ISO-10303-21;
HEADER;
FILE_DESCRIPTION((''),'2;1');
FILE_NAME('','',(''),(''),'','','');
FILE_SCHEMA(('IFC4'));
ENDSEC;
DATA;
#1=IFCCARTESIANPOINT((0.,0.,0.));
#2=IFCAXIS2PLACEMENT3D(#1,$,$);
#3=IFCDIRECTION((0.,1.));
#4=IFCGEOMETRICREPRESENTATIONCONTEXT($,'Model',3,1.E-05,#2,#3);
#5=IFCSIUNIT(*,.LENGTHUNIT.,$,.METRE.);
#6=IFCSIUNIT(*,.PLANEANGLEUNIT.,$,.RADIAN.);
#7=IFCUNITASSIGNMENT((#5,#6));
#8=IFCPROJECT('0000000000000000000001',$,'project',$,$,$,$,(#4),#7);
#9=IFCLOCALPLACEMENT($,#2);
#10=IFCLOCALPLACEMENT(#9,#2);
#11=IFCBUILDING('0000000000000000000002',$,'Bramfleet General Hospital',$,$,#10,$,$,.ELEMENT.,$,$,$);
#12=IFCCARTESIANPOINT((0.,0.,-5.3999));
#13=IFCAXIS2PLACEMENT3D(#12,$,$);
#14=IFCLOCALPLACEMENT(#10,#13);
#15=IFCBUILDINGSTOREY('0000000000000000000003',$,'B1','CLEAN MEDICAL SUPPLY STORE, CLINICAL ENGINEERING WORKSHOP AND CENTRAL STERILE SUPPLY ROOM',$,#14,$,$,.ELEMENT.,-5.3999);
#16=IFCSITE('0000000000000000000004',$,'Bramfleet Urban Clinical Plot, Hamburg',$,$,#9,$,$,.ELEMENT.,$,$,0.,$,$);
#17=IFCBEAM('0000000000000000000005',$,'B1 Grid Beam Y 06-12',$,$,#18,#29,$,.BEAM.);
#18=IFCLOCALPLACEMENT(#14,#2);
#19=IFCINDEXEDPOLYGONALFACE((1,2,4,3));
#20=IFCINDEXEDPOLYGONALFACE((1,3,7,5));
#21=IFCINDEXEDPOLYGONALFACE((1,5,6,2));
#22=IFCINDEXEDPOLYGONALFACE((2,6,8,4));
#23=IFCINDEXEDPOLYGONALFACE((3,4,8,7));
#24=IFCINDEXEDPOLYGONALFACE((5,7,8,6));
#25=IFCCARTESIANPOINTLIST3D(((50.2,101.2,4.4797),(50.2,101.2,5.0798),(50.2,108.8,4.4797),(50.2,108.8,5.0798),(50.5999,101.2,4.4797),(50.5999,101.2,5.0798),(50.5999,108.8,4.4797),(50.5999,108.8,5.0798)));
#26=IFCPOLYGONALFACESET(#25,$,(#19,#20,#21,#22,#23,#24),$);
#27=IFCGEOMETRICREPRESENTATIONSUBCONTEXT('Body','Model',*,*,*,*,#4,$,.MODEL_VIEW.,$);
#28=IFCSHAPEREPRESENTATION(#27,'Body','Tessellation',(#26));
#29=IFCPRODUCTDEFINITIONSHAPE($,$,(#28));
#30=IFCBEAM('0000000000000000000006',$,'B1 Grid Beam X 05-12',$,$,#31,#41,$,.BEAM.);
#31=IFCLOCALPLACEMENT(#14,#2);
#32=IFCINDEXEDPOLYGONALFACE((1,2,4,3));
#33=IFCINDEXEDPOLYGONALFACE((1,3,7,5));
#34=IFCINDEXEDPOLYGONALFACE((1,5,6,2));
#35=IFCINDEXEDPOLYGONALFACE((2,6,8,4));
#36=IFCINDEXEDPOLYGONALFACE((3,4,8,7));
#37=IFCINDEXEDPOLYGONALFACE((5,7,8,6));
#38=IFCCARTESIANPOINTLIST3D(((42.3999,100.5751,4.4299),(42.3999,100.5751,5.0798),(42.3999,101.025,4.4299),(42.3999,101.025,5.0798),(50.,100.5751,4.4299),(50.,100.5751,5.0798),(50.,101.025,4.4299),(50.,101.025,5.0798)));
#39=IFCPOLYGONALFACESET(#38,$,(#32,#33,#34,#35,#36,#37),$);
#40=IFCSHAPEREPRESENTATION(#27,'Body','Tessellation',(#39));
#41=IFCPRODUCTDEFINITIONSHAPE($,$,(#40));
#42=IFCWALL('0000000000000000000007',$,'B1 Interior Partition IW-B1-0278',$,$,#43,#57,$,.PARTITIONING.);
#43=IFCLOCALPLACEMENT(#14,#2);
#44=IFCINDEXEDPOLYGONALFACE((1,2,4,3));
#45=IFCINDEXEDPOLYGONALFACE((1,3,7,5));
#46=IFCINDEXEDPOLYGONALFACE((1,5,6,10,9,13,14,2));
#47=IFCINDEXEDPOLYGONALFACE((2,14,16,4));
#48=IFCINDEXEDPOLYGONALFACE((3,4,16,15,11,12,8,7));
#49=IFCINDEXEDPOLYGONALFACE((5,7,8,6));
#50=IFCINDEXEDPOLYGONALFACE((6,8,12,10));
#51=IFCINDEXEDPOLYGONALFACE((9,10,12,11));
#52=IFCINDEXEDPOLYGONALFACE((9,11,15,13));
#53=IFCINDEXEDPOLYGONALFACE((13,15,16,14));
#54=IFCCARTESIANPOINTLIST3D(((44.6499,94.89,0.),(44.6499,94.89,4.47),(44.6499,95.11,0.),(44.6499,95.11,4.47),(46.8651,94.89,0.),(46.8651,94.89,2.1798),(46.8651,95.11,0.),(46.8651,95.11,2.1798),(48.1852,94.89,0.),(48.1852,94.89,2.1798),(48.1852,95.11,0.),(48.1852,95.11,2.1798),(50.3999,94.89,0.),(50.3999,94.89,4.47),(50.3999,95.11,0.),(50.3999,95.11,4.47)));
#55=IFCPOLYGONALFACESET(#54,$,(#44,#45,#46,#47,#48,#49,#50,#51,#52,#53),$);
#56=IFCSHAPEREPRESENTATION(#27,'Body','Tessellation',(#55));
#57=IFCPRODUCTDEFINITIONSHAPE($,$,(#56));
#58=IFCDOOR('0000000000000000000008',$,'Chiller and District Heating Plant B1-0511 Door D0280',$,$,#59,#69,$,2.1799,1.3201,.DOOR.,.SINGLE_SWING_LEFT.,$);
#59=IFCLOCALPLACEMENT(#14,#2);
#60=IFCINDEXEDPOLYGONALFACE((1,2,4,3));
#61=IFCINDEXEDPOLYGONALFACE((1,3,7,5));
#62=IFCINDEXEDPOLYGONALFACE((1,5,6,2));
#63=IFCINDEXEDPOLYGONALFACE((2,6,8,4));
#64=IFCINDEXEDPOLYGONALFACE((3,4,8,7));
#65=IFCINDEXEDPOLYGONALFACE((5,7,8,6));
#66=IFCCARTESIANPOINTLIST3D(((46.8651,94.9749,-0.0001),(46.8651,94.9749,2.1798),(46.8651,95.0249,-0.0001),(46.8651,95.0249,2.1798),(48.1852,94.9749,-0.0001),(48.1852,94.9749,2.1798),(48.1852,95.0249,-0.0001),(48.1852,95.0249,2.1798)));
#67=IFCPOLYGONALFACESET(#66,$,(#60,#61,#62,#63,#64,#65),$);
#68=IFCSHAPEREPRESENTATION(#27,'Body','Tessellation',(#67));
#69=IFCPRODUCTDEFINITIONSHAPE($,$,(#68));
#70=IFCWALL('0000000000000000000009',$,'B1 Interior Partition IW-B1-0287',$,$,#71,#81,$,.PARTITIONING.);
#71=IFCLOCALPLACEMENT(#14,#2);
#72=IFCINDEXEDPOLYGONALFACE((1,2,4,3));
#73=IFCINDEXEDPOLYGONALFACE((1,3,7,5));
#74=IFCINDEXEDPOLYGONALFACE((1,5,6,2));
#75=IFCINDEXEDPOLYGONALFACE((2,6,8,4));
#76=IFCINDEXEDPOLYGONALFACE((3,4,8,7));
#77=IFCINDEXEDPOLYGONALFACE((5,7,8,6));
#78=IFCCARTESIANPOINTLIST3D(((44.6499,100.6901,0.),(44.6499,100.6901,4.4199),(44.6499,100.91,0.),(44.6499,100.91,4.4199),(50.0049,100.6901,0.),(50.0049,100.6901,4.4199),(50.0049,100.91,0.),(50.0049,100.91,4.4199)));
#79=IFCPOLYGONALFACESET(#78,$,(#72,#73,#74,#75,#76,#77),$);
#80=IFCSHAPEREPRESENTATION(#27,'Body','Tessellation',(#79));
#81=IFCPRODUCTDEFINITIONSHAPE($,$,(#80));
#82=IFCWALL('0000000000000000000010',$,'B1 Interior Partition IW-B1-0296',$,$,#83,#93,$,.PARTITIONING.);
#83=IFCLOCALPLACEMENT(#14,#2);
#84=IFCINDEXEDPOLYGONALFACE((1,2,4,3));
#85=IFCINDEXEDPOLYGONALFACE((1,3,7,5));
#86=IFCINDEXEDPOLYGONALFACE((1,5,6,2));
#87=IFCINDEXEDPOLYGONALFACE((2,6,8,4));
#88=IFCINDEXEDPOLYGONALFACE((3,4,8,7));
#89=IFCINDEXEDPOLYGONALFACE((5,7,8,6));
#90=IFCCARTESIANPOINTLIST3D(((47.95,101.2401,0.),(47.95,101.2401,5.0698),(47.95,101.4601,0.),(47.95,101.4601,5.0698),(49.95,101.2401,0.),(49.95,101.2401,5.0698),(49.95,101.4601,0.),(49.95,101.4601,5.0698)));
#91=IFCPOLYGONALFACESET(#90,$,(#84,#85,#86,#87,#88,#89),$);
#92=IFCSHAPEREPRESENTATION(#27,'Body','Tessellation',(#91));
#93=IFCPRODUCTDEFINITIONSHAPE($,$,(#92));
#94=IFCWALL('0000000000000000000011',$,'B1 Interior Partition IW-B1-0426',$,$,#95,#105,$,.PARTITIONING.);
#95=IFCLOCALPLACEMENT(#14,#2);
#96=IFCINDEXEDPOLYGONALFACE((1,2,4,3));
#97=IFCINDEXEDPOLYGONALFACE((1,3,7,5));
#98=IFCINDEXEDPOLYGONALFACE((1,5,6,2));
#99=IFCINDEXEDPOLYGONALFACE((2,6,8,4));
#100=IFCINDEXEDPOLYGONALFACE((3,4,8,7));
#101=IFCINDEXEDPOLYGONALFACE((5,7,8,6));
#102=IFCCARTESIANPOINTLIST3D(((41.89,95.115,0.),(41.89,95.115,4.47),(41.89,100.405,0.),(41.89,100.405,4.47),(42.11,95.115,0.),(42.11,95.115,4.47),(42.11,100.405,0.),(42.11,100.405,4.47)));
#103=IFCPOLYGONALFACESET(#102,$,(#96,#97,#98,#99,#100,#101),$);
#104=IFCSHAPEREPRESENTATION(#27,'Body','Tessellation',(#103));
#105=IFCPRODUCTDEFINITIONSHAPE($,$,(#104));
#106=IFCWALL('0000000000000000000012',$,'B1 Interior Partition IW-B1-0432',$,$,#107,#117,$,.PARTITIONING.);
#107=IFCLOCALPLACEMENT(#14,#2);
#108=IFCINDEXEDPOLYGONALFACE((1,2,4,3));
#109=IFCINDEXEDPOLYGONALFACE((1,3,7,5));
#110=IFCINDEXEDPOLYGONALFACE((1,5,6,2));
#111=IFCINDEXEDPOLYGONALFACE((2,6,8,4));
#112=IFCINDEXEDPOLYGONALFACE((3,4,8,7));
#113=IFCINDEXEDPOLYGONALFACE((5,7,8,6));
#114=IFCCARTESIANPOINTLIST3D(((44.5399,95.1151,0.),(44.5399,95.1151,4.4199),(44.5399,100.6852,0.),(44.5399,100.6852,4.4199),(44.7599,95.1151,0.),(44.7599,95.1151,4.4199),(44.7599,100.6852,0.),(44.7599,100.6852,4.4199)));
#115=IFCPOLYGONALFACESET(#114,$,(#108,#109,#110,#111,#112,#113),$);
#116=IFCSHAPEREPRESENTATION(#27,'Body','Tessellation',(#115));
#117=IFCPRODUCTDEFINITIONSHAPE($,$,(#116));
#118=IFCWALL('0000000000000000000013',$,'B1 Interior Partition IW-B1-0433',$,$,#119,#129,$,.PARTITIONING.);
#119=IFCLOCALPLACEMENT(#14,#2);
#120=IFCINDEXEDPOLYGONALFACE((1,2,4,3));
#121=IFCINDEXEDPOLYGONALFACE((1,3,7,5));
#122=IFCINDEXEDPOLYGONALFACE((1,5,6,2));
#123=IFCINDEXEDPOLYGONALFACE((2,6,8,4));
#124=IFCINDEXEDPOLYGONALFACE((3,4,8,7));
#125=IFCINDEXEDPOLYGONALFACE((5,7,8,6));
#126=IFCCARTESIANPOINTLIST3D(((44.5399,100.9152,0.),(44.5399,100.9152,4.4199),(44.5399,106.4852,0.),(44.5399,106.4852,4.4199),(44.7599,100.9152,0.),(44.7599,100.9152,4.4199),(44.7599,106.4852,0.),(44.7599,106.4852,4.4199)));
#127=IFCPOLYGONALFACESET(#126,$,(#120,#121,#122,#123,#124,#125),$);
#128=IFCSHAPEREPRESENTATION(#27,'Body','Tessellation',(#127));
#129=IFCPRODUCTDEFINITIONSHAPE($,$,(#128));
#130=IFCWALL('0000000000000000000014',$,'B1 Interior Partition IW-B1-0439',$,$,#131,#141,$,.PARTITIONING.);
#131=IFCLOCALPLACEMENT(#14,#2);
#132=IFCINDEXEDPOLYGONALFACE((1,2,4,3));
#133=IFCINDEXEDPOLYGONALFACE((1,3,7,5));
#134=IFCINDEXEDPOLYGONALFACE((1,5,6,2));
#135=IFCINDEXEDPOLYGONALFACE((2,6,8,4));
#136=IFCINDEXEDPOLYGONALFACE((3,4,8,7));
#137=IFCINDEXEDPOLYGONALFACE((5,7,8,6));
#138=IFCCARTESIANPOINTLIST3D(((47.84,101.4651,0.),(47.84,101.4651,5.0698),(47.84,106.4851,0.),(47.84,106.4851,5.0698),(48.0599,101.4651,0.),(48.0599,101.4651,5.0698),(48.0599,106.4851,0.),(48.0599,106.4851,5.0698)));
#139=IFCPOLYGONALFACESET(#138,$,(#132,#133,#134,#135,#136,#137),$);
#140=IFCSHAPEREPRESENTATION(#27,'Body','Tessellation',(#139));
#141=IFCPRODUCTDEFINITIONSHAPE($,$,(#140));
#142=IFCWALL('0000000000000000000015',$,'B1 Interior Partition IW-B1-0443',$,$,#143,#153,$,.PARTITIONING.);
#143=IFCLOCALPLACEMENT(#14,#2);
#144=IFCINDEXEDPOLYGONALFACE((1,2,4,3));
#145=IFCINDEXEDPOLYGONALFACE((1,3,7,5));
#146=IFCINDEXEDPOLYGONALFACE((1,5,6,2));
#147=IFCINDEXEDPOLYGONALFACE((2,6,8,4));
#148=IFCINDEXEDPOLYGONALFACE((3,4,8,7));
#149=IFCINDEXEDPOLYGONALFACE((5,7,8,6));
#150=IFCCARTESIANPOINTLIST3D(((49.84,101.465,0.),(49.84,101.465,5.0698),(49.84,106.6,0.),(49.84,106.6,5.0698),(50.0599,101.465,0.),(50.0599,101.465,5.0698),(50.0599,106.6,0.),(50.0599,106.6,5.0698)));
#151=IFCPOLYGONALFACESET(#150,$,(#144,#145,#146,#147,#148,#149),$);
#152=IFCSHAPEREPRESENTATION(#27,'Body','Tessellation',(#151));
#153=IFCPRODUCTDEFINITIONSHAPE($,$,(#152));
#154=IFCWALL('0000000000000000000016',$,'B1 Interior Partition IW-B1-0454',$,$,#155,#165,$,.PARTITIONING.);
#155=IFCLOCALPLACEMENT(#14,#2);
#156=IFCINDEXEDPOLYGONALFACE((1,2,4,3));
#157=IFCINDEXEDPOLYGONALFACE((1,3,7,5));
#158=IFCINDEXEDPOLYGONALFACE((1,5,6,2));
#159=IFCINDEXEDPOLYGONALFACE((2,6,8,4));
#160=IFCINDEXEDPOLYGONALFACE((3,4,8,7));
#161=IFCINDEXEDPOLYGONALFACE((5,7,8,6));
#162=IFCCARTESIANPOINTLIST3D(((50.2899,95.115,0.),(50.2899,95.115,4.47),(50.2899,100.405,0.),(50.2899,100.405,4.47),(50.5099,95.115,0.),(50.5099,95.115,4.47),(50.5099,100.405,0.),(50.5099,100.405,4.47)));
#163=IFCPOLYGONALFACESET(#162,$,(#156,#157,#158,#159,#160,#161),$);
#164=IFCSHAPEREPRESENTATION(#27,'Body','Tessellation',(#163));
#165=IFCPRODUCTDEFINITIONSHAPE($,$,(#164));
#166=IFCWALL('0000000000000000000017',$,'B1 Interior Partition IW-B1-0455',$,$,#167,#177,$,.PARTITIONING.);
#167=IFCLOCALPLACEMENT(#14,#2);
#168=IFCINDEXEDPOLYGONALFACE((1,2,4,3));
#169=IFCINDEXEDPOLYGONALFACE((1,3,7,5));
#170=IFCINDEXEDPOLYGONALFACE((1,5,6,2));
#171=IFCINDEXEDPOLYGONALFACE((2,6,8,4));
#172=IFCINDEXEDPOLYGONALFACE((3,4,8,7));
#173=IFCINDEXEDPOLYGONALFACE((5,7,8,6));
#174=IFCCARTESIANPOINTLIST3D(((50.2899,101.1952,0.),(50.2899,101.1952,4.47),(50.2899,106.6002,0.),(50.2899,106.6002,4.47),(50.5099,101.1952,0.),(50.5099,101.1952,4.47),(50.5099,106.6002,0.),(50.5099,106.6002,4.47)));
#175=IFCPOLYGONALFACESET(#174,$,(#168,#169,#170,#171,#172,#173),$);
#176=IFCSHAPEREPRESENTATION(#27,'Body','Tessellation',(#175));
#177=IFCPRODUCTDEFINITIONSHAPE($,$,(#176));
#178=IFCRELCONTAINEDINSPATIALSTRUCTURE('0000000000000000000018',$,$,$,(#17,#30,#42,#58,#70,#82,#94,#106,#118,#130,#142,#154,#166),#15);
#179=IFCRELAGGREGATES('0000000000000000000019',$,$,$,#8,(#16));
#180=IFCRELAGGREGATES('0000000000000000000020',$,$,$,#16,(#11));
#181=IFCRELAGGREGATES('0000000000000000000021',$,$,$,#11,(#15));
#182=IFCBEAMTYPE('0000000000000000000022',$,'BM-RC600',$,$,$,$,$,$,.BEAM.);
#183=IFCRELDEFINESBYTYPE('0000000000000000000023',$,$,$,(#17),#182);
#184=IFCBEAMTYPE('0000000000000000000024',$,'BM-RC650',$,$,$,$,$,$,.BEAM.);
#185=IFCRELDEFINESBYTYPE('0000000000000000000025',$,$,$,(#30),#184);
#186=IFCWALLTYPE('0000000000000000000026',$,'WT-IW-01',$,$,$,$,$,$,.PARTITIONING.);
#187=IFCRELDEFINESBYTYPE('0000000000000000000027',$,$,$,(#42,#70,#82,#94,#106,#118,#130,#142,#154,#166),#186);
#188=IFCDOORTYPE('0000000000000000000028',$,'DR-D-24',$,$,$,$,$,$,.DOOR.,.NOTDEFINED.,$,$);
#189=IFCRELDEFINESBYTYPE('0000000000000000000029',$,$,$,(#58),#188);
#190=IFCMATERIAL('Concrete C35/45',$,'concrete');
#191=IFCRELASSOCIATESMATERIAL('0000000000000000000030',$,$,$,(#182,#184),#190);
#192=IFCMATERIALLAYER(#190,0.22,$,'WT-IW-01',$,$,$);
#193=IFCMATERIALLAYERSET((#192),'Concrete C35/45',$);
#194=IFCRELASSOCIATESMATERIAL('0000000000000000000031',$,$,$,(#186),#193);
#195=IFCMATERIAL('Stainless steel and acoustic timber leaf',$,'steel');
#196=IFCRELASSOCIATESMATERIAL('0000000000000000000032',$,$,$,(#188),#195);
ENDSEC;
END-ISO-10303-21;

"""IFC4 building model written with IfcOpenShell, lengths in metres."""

from ifc_helpers import new_model, si_unit, direction, frame, frame_2d, origin, origin_2d, place, context, subcontext, project, spatial, rectangle, extrude, material, layer, layer_set, material_profile, profile_set, type_object, element, fill, save


model = new_model("IFC4")

# Units and contexts
model_context = context("Model", 3, precision=1e-05, world=origin(), true_north=direction((0.0, 1.0)))
body_context = subcontext(model_context, "Body", "Model", "MODEL_VIEW")
ifc_project = project(units=[si_unit("LENGTHUNIT", "METRE"), si_unit("PLANEANGLEUNIT", "RADIAN")], contexts=[model_context])

# Site, building, storey
site_placement = place(None, origin())
site = spatial("IfcSite", under=ifc_project, at=site_placement, Name="Bramfleet Urban Clinical Plot, Hamburg", CompositionType="ELEMENT", RefElevation=0.0)
building_placement = place(site_placement, origin())
building = spatial("IfcBuilding", under=site, at=building_placement, Name="Bramfleet General Hospital", CompositionType="ELEMENT")
storey_placement = place(building_placement, frame((0.0, 0.0, -5.3999)))
storey = spatial("IfcBuildingStorey", under=building, at=storey_placement, Name="B1", Description="CLEAN MEDICAL SUPPLY STORE, CLINICAL ENGINEERING WORKSHOP AND CENTRAL STERILE SUPPLY ROOM", CompositionType="ELEMENT", Elevation=-5.3999)

# Shared definitions
ifc_material_1 = material(Name="Concrete C35/45", Category="concrete")

# Beams
ifc_material_profile_1 = material_profile(ifc_material_1, rectangle(XDim=0.3999, YDim=0.6001, at=origin_2d()), Name="RC BM 600x400")
ifc_profile_set_1 = profile_set([ifc_material_profile_1], Name="Concrete C35/45")
beam_type_1 = type_object("IfcBeamType", Name="BM-RC600", PredefinedType="BEAM", material=ifc_profile_set_1)
beam_1_placement = place(storey_placement, frame((50.3999, 101.2, 4.7798), z_axis=(0.0, 1.0, 0.0), x_axis=(-1.0, 0.0, 0.0)))
element("IfcBeam", 1, at=beam_1_placement, inside=storey, type_object=beam_type_1, Name="B1 Grid Beam Y 06-12", PredefinedType="BEAM", context=body_context, shape_type="SweptSolid", body=[
    extrude(rectangle(XDim=0.3999, YDim=0.6001, at=origin_2d()), origin(), (0.0, 0.0, 1.0), 7.6001),
])
ifc_material_profile_2 = material_profile(ifc_material_1, rectangle(XDim=0.45, YDim=0.6499, at=origin_2d()), Name="RC BM 650x450")
ifc_profile_set_2 = profile_set([ifc_material_profile_2], Name="Concrete C35/45")
beam_type_2 = type_object("IfcBeamType", Name="BM-RC650", PredefinedType="BEAM", material=ifc_profile_set_2)
beam_2_placement = place(storey_placement, frame((42.3999, 100.8, 4.7549), z_axis=(1.0, 0.0, 0.0), x_axis=(0.0, 1.0, 0.0)))
element("IfcBeam", 2, at=beam_2_placement, inside=storey, type_object=beam_type_2, Name="B1 Grid Beam X 05-12", PredefinedType="BEAM", context=body_context, shape_type="SweptSolid", body=[
    extrude(rectangle(XDim=0.45, YDim=0.6499, at=origin_2d()), origin(), (0.0, 0.0, 1.0), 7.6001),
])

# Wall, opening, door
ifc_layer_1 = layer(ifc_material_1, 0.22, Name="WT-IW-01")
ifc_layer_set_1 = layer_set([ifc_layer_1], Name="Concrete C35/45")
wall_type_1 = type_object("IfcWallType", Name="WT-IW-01", PredefinedType="PARTITIONING", material=ifc_layer_set_1)
wall_1_placement = place(storey_placement, frame((44.6499, 95.0, 0.0), z_axis=(0.0, 0.0, 1.0), x_axis=(1.0, 0.0, 0.0)))
wall_1 = element("IfcWall", 3, at=wall_1_placement, inside=storey, type_object=wall_type_1, Name="B1 Interior Partition IW-B1-0278", PredefinedType="PARTITIONING", context=body_context, shape_type="SweptSolid", body=[
    extrude(rectangle(XDim=5.75, YDim=0.22, at=frame_2d((2.875, 0.0))), origin(), (0.0, 0.0, 1.0), 4.47),
])
opening_1_placement = place(wall_1_placement, frame((2.2151, 0.0, 0.0)))
opening_1 = element("IfcOpeningElement", 4, at=opening_1_placement, cuts=wall_1, PredefinedType="OPENING", context=body_context, shape_type="SweptSolid", body=[
    extrude(rectangle(XDim=1.3201, YDim=2.1799, at=frame_2d((0.6602, 1.0898))), frame((0.0, 0.1199, 0.0), z_axis=(0.0, -1.0, 0.0), x_axis=(1.0, 0.0, 0.0)), (0.0, 0.0, 1.0), 0.24),
])
ifc_material_2 = material(Name="Stainless steel and acoustic timber leaf", Category="steel")
door_type_1 = type_object("IfcDoorType", Name="DR-D-24", OperationType="NOTDEFINED", PredefinedType="DOOR", material=ifc_material_2)
door_1_placement = place(opening_1_placement, origin())
door_1 = element("IfcDoor", 5, at=door_1_placement, inside=storey, type_object=door_type_1, Name="Chiller and District Heating Plant B1-0511 Door D0280", OperationType="SINGLE_SWING_LEFT", OverallHeight=2.1799, OverallWidth=1.3201, PredefinedType="DOOR", context=body_context, shape_type="SweptSolid", body=[
    extrude(rectangle(XDim=1.3201, YDim=2.1799, at=frame_2d((0.6602, 1.0898))), frame((0.0, 0.0249, 0.0), z_axis=(0.0, -1.0, 0.0), x_axis=(1.0, 0.0, 0.0)), (0.0, 0.0, 1.0), 0.05),
])
fill(opening_1, door_1)

# Walls
wall_2_placement = place(storey_placement, frame((44.6499, 100.8, 0.0), z_axis=(0.0, 0.0, 1.0), x_axis=(1.0, 0.0, 0.0)))
element("IfcWall", 6, at=wall_2_placement, inside=storey, type_object=wall_type_1, Name="B1 Interior Partition IW-B1-0287", PredefinedType="PARTITIONING", context=body_context, shape_type="SweptSolid", body=[
    extrude(rectangle(XDim=5.355, YDim=0.22, at=frame_2d((2.6775, 0.0))), origin(), (0.0, 0.0, 1.0), 4.4199),
])
wall_3_placement = place(storey_placement, frame((47.95, 101.3501, 0.0), z_axis=(0.0, 0.0, 1.0), x_axis=(1.0, 0.0, 0.0)))
element("IfcWall", 7, at=wall_3_placement, inside=storey, type_object=wall_type_1, Name="B1 Interior Partition IW-B1-0296", PredefinedType="PARTITIONING", context=body_context, shape_type="SweptSolid", body=[
    extrude(rectangle(XDim=2.0, YDim=0.22, at=frame_2d((1.0, 0.0))), origin(), (0.0, 0.0, 1.0), 5.0698),
])
wall_4_placement = place(storey_placement, frame((42.0, 95.115, 0.0), z_axis=(0.0, 0.0, 1.0), x_axis=(0.0, 1.0, 0.0)))
element("IfcWall", 8, at=wall_4_placement, inside=storey, type_object=wall_type_1, Name="B1 Interior Partition IW-B1-0426", PredefinedType="PARTITIONING", context=body_context, shape_type="SweptSolid", body=[
    extrude(rectangle(XDim=5.29, YDim=0.22, at=frame_2d((2.645, 0.0))), origin(), (0.0, 0.0, 1.0), 4.47),
])
for number, where, z_axis, x_axis, name in (
    (9, (44.6499, 95.115, 0.0), (0.0, 0.0, 1.0), (0.0, 1.0, 0.0), "B1 Interior Partition IW-B1-0432"),
    (10, (44.6499, 100.915, 0.0), (0.0, 0.0, 1.0), (0.0, 1.0, 0.0), "B1 Interior Partition IW-B1-0433"),
):
    element("IfcWall", number, at=place(storey_placement, frame(where, z_axis=z_axis, x_axis=x_axis)), inside=storey, type_object=wall_type_1, Name=name, PredefinedType="PARTITIONING", context=body_context, shape_type="SweptSolid", body=[
        extrude(rectangle(XDim=5.5701, YDim=0.22, at=frame_2d((2.7852, 0.0))), origin(), (0.0, 0.0, 1.0), 4.4199),
    ])
wall_5_placement = place(storey_placement, frame((47.95, 101.4651, 0.0), z_axis=(0.0, 0.0, 1.0), x_axis=(0.0, 1.0, 0.0)))
element("IfcWall", 11, at=wall_5_placement, inside=storey, type_object=wall_type_1, Name="B1 Interior Partition IW-B1-0439", PredefinedType="PARTITIONING", context=body_context, shape_type="SweptSolid", body=[
    extrude(rectangle(XDim=5.02, YDim=0.22, at=frame_2d((2.51, 0.0))), origin(), (0.0, 0.0, 1.0), 5.0698),
])
wall_6_placement = place(storey_placement, frame((49.95, 101.4651, 0.0), z_axis=(0.0, 0.0, 1.0), x_axis=(0.0, 1.0, 0.0)))
element("IfcWall", 12, at=wall_6_placement, inside=storey, type_object=wall_type_1, Name="B1 Interior Partition IW-B1-0443", PredefinedType="PARTITIONING", context=body_context, shape_type="SweptSolid", body=[
    extrude(rectangle(XDim=5.135, YDim=0.22, at=frame_2d((2.5674, 0.0))), origin(), (0.0, 0.0, 1.0), 5.0698),
])
wall_7_placement = place(storey_placement, frame((50.3999, 95.115, 0.0), z_axis=(0.0, 0.0, 1.0), x_axis=(0.0, 1.0, 0.0)))
element("IfcWall", 13, at=wall_7_placement, inside=storey, type_object=wall_type_1, Name="B1 Interior Partition IW-B1-0454", PredefinedType="PARTITIONING", context=body_context, shape_type="SweptSolid", body=[
    extrude(rectangle(XDim=5.29, YDim=0.22, at=frame_2d((2.645, 0.0))), origin(), (0.0, 0.0, 1.0), 4.47),
])
wall_8_placement = place(storey_placement, frame((50.3999, 101.1951, 0.0), z_axis=(0.0, 0.0, 1.0), x_axis=(0.0, 1.0, 0.0)))
element("IfcWall", 14, at=wall_8_placement, inside=storey, type_object=wall_type_1, Name="B1 Interior Partition IW-B1-0455", PredefinedType="PARTITIONING", context=body_context, shape_type="SweptSolid", body=[
    extrude(rectangle(XDim=5.405, YDim=0.22, at=frame_2d((2.7026, 0.0))), origin(), (0.0, 0.0, 1.0), 4.47),
])

save(model, "model.ifc")
